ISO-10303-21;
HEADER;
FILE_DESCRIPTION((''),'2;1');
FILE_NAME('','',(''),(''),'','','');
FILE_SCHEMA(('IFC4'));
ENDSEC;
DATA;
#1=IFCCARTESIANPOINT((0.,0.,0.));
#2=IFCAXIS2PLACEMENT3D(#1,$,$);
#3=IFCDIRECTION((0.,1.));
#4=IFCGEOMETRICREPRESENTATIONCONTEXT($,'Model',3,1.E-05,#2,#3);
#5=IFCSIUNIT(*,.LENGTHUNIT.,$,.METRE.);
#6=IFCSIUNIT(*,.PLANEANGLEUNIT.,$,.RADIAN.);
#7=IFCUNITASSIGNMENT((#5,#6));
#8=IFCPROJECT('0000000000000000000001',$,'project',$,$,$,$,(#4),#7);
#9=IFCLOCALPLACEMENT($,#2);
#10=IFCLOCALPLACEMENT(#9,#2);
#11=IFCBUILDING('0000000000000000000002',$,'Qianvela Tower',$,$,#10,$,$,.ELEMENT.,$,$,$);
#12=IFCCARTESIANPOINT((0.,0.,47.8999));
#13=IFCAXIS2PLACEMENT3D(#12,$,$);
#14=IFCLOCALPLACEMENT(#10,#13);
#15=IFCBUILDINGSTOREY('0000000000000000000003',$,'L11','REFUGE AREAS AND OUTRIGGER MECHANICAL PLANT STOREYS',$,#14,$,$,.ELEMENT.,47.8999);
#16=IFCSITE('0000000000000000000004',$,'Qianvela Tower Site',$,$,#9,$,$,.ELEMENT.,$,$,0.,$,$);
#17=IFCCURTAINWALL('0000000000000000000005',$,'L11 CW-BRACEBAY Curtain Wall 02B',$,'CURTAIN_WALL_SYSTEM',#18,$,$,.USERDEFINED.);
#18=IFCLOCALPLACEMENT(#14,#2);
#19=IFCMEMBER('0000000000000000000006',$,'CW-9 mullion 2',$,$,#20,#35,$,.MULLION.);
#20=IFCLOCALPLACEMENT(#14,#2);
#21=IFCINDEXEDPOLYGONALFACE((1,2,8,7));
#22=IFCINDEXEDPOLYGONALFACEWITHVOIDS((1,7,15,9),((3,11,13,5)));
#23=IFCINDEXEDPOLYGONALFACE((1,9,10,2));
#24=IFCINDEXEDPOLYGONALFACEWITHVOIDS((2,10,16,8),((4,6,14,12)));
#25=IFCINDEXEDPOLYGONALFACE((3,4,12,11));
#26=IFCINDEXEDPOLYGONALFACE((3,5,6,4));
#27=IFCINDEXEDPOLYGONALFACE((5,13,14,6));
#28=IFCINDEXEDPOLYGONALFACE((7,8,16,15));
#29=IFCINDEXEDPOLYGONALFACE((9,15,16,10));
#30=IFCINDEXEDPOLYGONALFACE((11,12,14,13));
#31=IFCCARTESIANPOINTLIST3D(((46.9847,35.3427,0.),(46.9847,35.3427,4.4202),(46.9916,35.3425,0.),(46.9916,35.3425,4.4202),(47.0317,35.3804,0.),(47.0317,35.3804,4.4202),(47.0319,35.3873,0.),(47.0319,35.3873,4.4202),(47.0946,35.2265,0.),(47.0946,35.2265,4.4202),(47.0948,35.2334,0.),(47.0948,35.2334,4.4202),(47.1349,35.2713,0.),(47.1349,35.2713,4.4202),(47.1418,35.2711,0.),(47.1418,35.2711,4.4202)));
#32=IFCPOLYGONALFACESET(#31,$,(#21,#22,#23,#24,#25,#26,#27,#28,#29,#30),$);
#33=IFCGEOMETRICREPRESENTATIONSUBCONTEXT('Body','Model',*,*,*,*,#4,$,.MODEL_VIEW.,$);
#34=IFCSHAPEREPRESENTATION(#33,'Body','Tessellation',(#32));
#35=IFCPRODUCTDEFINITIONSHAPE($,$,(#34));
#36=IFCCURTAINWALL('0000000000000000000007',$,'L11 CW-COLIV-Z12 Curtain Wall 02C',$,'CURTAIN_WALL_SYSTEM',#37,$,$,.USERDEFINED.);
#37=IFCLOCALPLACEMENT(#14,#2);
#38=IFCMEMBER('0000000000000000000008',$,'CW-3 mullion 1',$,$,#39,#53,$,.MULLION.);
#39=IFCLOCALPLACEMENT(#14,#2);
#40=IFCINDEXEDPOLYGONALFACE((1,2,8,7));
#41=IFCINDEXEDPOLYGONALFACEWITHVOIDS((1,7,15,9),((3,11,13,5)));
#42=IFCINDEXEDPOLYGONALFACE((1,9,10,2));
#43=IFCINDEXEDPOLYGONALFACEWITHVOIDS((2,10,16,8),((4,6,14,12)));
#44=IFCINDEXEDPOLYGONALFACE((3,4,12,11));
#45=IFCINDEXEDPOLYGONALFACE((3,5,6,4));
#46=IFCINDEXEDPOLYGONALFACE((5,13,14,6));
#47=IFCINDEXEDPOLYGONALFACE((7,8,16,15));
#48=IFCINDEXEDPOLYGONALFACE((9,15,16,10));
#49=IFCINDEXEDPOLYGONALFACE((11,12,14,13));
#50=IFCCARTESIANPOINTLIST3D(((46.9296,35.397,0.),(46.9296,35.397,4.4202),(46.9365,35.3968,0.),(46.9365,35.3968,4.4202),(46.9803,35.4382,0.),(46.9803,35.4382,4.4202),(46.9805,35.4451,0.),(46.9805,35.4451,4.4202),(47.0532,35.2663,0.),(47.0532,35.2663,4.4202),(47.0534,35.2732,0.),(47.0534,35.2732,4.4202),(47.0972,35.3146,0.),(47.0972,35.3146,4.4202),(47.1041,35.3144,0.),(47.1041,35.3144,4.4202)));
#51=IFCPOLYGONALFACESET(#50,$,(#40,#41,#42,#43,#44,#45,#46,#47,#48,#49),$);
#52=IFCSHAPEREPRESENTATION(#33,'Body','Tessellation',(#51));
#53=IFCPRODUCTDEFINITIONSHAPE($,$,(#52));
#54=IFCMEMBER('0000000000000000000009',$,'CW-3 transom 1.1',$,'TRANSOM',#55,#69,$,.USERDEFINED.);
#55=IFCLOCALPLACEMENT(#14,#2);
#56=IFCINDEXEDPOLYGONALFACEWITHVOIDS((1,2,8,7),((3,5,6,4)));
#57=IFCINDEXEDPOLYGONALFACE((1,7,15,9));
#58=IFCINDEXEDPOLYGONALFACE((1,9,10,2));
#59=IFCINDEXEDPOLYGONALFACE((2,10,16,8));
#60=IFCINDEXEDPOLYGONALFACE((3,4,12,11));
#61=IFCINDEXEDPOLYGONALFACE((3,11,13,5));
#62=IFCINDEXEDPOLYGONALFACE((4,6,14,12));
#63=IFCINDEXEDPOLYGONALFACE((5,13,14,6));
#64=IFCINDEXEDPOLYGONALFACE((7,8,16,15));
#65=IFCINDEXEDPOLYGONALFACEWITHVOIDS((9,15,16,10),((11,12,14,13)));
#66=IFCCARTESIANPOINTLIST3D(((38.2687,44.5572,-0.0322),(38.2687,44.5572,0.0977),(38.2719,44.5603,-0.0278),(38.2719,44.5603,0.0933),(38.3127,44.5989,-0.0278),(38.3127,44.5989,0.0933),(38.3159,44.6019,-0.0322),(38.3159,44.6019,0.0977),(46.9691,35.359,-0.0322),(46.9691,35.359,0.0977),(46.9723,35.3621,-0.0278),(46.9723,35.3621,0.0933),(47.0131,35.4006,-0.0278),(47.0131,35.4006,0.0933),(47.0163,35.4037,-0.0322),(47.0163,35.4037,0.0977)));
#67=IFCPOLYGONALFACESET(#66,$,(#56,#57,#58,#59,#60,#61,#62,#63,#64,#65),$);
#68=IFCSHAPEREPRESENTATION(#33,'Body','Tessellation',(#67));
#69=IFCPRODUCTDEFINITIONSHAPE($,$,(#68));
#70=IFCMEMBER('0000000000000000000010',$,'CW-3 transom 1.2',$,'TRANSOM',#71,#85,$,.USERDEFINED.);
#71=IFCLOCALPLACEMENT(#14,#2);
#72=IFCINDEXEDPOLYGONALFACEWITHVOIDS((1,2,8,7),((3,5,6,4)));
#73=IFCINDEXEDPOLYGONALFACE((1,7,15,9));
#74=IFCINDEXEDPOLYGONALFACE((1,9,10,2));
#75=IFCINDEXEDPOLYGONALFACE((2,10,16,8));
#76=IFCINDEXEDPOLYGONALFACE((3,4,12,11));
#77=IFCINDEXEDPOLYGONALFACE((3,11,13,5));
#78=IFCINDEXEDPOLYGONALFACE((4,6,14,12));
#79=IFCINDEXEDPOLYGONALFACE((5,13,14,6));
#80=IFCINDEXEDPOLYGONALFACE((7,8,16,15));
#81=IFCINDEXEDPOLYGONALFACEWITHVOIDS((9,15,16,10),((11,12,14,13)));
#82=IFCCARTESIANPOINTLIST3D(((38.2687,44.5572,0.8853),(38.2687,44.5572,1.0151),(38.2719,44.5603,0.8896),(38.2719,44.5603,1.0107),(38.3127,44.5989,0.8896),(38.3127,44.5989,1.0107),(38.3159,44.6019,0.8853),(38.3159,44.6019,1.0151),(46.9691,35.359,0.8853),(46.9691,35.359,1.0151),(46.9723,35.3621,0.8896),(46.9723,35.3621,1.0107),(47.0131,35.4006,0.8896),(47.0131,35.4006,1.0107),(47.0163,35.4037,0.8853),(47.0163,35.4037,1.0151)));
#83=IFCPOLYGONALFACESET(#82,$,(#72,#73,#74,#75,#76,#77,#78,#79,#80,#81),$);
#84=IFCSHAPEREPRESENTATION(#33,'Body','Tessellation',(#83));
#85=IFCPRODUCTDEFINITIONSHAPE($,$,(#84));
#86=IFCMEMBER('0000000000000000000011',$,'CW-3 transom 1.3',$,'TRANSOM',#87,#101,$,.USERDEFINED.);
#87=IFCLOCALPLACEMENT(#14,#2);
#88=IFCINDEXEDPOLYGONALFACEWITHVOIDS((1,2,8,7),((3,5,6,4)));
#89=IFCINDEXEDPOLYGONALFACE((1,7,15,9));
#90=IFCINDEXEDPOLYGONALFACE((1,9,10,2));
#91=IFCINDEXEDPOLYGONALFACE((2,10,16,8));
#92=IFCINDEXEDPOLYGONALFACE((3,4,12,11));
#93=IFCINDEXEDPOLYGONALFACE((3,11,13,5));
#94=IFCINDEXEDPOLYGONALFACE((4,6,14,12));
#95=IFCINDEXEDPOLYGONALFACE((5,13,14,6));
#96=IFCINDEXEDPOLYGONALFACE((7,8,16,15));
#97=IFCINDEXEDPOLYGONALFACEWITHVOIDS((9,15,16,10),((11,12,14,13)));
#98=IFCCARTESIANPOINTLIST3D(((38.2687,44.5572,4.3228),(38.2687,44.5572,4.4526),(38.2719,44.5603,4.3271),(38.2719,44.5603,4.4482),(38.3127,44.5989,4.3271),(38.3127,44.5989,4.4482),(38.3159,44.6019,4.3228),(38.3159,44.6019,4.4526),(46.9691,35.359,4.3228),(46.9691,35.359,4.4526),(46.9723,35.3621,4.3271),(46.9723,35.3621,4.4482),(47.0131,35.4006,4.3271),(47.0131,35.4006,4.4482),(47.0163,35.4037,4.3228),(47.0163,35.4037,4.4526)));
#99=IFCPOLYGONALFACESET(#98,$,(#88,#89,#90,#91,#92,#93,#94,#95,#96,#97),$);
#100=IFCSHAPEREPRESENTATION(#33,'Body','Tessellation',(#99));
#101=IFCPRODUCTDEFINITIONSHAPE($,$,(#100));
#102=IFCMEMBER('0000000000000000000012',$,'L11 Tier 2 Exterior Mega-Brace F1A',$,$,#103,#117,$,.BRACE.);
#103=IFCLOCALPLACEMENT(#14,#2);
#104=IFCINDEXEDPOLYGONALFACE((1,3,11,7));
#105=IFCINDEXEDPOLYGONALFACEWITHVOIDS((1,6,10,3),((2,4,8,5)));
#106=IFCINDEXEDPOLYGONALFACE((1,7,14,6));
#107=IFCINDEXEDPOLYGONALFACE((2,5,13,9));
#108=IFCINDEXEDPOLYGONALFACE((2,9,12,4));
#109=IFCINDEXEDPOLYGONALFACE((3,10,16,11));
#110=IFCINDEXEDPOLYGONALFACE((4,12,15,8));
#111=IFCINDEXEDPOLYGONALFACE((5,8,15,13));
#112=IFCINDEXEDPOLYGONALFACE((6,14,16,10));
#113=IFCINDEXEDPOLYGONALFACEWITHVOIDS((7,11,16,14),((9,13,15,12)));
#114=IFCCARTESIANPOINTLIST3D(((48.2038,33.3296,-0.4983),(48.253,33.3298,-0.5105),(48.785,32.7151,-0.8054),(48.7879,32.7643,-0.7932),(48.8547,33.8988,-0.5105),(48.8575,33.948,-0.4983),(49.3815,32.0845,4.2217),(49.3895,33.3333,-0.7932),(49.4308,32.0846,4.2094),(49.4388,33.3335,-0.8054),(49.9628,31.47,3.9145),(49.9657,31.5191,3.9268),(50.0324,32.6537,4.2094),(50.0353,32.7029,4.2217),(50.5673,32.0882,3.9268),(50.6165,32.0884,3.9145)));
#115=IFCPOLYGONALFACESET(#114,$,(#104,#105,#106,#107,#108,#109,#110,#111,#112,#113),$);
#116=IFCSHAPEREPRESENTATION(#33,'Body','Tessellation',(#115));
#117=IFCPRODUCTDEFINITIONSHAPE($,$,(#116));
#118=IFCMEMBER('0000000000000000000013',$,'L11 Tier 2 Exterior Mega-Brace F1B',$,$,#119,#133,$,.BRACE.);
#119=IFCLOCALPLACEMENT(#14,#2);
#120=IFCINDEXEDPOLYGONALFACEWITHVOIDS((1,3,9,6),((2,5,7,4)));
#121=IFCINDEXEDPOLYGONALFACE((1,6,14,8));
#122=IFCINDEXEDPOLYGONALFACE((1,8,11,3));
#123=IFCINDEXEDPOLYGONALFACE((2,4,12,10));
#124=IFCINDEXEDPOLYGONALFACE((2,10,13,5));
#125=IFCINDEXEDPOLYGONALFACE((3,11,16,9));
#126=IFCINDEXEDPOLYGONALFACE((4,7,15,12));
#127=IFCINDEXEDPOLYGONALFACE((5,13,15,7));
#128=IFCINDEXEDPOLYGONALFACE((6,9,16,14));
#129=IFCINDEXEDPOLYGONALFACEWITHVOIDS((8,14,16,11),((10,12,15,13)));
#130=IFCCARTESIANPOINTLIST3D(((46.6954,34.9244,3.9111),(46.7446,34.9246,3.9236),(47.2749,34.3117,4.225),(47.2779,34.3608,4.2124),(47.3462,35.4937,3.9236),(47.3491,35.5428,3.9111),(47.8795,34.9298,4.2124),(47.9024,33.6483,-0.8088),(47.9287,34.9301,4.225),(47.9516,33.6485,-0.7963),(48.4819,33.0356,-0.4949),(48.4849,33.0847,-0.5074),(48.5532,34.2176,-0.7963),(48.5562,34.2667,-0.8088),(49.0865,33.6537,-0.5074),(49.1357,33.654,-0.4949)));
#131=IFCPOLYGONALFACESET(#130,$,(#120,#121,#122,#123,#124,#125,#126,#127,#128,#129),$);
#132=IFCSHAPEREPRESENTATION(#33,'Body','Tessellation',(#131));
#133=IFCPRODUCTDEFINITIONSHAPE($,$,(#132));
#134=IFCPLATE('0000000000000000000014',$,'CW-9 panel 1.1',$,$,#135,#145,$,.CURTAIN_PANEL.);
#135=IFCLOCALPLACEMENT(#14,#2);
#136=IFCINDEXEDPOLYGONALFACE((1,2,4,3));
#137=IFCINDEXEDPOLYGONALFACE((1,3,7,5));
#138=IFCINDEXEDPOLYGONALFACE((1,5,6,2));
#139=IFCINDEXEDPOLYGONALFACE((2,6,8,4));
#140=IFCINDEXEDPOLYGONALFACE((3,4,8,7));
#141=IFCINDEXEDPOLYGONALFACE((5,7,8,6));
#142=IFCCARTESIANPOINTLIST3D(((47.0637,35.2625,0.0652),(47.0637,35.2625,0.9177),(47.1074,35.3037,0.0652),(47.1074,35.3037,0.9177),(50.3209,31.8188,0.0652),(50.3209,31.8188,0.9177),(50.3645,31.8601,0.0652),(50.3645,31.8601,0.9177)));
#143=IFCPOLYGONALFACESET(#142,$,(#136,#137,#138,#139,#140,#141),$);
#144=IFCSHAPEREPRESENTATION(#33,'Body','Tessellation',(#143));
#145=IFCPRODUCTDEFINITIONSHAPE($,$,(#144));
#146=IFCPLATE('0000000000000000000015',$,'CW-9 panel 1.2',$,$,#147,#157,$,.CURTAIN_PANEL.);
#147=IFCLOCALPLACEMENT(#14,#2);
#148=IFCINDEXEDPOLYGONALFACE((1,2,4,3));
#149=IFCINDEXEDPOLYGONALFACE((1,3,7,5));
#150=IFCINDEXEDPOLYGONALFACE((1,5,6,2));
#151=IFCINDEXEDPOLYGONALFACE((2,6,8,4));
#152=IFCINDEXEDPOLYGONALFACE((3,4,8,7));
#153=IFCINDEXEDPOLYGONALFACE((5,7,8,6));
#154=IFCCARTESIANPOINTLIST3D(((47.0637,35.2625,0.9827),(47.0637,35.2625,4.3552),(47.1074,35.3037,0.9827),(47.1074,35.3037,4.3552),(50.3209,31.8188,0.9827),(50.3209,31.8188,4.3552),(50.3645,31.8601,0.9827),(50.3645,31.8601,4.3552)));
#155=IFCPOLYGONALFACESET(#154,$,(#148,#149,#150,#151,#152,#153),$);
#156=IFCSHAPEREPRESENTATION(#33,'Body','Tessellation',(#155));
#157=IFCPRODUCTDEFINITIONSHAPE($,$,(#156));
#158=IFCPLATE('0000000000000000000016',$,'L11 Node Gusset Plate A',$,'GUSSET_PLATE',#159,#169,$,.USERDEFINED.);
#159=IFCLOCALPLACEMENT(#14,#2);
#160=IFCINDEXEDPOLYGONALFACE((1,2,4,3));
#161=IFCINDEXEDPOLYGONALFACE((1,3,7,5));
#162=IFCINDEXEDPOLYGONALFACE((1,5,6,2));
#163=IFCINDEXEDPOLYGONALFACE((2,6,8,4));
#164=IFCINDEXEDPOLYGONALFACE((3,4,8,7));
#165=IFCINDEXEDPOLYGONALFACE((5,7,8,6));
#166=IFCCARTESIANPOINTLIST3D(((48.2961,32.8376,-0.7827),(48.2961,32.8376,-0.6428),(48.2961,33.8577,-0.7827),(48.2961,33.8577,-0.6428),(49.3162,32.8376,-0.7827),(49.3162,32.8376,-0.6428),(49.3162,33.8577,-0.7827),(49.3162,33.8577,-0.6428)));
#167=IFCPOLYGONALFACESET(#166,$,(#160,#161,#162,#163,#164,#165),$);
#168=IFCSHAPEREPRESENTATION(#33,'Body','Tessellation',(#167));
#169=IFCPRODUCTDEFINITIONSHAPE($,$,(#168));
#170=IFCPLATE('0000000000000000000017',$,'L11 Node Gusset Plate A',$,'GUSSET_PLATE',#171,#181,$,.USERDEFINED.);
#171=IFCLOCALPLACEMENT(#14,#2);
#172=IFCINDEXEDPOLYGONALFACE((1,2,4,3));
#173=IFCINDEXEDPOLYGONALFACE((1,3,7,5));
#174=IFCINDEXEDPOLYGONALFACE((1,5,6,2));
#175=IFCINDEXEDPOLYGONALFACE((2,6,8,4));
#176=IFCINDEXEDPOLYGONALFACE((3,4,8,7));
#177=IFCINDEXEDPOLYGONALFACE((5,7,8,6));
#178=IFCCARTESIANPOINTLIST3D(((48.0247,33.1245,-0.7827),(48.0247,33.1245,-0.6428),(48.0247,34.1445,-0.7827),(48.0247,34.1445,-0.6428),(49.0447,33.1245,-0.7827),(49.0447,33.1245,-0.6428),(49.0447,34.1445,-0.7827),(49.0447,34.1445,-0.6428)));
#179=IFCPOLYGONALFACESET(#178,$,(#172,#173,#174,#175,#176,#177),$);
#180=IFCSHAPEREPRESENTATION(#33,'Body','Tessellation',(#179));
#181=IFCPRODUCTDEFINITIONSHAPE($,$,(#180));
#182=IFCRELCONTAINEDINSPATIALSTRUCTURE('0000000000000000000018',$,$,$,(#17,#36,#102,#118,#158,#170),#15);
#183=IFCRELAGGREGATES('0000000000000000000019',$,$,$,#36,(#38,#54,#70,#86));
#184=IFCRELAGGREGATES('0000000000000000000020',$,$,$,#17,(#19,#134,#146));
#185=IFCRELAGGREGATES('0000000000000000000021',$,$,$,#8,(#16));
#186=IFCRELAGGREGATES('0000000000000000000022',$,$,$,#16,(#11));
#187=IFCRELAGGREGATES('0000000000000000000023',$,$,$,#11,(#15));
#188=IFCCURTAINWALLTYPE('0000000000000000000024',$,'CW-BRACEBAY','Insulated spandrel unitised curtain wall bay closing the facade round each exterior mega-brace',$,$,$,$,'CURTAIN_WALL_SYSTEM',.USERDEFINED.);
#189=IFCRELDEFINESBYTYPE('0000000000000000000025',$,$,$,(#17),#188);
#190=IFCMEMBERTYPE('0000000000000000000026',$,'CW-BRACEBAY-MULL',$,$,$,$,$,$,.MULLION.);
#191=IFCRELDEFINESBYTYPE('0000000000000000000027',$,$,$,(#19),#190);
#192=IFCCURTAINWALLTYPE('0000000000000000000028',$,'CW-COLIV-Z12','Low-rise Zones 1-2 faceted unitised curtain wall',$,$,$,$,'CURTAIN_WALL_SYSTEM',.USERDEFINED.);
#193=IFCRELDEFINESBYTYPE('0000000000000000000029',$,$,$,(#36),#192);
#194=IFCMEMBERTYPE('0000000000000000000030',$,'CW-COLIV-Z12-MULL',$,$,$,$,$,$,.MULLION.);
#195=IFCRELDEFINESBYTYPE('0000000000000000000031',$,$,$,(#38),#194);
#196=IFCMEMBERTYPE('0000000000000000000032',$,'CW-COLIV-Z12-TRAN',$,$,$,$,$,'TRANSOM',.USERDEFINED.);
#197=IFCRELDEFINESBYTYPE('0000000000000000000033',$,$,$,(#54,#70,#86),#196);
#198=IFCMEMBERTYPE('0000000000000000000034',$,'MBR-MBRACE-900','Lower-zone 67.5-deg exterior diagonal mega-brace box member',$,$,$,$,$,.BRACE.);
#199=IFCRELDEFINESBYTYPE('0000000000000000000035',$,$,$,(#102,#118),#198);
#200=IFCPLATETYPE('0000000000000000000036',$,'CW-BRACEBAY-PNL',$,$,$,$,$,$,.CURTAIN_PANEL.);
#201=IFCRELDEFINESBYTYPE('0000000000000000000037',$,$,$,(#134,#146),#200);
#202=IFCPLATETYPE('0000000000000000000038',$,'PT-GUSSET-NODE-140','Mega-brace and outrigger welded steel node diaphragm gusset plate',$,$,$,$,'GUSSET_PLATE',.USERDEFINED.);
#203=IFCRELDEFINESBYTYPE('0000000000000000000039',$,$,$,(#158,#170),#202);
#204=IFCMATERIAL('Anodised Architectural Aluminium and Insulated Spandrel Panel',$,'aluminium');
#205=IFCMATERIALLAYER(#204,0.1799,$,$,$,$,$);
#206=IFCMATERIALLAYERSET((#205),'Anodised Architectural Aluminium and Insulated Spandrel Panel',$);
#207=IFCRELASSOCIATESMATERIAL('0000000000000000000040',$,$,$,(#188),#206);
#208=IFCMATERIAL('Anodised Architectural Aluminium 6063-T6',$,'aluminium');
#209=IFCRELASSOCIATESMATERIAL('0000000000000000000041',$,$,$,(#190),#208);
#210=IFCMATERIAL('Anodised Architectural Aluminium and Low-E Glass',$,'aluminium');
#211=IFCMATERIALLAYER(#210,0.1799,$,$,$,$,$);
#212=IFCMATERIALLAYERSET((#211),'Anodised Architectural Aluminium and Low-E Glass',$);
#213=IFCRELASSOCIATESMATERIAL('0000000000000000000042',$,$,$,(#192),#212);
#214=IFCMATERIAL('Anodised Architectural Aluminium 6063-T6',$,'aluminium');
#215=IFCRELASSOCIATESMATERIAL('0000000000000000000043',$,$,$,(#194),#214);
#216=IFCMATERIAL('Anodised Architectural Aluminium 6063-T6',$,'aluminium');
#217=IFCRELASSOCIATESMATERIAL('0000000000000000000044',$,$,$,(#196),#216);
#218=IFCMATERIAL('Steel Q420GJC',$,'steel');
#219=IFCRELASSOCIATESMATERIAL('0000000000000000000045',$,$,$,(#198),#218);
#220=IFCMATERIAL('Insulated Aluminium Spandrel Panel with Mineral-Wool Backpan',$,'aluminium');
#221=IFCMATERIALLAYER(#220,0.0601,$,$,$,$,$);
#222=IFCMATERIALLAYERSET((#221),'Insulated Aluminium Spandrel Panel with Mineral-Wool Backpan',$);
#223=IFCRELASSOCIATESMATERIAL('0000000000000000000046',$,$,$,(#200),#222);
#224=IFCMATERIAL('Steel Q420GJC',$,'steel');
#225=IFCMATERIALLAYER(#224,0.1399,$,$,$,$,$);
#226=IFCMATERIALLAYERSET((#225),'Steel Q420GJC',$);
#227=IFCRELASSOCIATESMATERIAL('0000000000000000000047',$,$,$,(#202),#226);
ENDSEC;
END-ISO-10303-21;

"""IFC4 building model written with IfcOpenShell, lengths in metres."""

from ifc_helpers import new_model, si_unit, direction, frame, origin, origin_2d, place, context, subcontext, project, spatial, rectangle, hollow_rectangle, extrude, material, layer, layer_set, material_profile, profile_set, type_object, element, aggregate, save


model = new_model("IFC4")

# Units and contexts
model_context = context("Model", 3, precision=1e-05, world=origin(), true_north=direction((0.0, 1.0)))
body_context = subcontext(model_context, "Body", "Model", "MODEL_VIEW")
ifc_project = project(units=[si_unit("LENGTHUNIT", "METRE"), si_unit("PLANEANGLEUNIT", "RADIAN")], contexts=[model_context])

# Site, building, storey
site_placement = place(None, origin())
site = spatial("IfcSite", under=ifc_project, at=site_placement, Name="Qianvela Tower Site", CompositionType="ELEMENT", RefElevation=0.0)
building_placement = place(site_placement, origin())
building = spatial("IfcBuilding", under=site, at=building_placement, Name="Qianvela Tower", CompositionType="ELEMENT")
storey_placement = place(building_placement, frame((0.0, 0.0, 47.8999)))
storey = spatial("IfcBuildingStorey", under=building, at=storey_placement, Name="L11", Description="REFUGE AREAS AND OUTRIGGER MECHANICAL PLANT STOREYS", CompositionType="ELEMENT", Elevation=47.8999)

# Curtain wall, member
ifc_material_1 = material(Name="Anodised Architectural Aluminium and Insulated Spandrel Panel", Category="aluminium")
ifc_layer_1 = layer(ifc_material_1, 0.1799)
ifc_layer_set_1 = layer_set([ifc_layer_1], Name="Anodised Architectural Aluminium and Insulated Spandrel Panel")
curtain_wall_type_1 = type_object("IfcCurtainWallType", Name="CW-BRACEBAY", Description="Insulated spandrel unitised curtain wall bay closing the facade round each exterior mega-brace", ElementType="CURTAIN_WALL_SYSTEM", PredefinedType="USERDEFINED", material=ifc_layer_set_1)
curtain_wall_1_placement = place(storey_placement, origin())
curtain_wall_1 = element("IfcCurtainWall", 1, at=curtain_wall_1_placement, inside=storey, type_object=curtain_wall_type_1, Name="L11 CW-BRACEBAY Curtain Wall 02B", ObjectType="CURTAIN_WALL_SYSTEM", PredefinedType="USERDEFINED")
ifc_material_2 = material(Name="Anodised Architectural Aluminium 6063-T6", Category="aluminium")
ifc_material_profile_1 = material_profile(ifc_material_2, hollow_rectangle(XDim=0.0649, YDim=0.1599, WallThickness=0.0049, at=origin_2d()), Name="ALU-MULL-65x160")
ifc_profile_set_1 = profile_set([ifc_material_profile_1], Name="Anodised Architectural Aluminium 6063-T6")
member_type_1 = type_object("IfcMemberType", Name="CW-BRACEBAY-MULL", PredefinedType="MULLION", material=ifc_profile_set_1)
member_1_placement = place(storey_placement, frame((47.0632, 35.3069, 0.0), z_axis=(0.0, 0.0, 1.0), x_axis=(-0.726504, -0.687162, 0.0)))
member_1 = element("IfcMember", 2, at=member_1_placement, type_object=member_type_1, Name="CW-9 mullion 2", PredefinedType="MULLION", context=body_context, shape_type="SweptSolid", body=[
    extrude(hollow_rectangle(XDim=0.0649, YDim=0.1599, WallThickness=0.0049, at=origin_2d()), origin(), (0.0, 0.0, 1.0), 4.4202),
])

# Curtain wall, members
ifc_material_3 = material(Name="Anodised Architectural Aluminium and Low-E Glass", Category="aluminium")
ifc_layer_2 = layer(ifc_material_3, 0.1799)
ifc_layer_set_2 = layer_set([ifc_layer_2], Name="Anodised Architectural Aluminium and Low-E Glass")
curtain_wall_type_2 = type_object("IfcCurtainWallType", Name="CW-COLIV-Z12", Description="Low-rise Zones 1-2 faceted unitised curtain wall", ElementType="CURTAIN_WALL_SYSTEM", PredefinedType="USERDEFINED", material=ifc_layer_set_2)
curtain_wall_2_placement = place(storey_placement, origin())
curtain_wall_2 = element("IfcCurtainWall", 3, at=curtain_wall_2_placement, inside=storey, type_object=curtain_wall_type_2, Name="L11 CW-COLIV-Z12 Curtain Wall 02C", ObjectType="CURTAIN_WALL_SYSTEM", PredefinedType="USERDEFINED")
ifc_material_4 = material(Name="Anodised Architectural Aluminium 6063-T6", Category="aluminium")
ifc_material_profile_2 = material_profile(ifc_material_4, hollow_rectangle(XDim=0.0701, YDim=0.1799, WallThickness=0.0049, at=origin_2d()), Name="ALU-MULL-70x180")
ifc_profile_set_2 = profile_set([ifc_material_profile_2], Name="Anodised Architectural Aluminium 6063-T6")
member_type_2 = type_object("IfcMemberType", Name="CW-COLIV-Z12-MULL", PredefinedType="MULLION", material=ifc_profile_set_2)
member_2_placement = place(storey_placement, frame((47.0168, 35.3557, 0.0), z_axis=(0.0, 0.0, 1.0), x_axis=(-0.726492, -0.687175, 0.0)))
member_2 = element("IfcMember", 4, at=member_2_placement, type_object=member_type_2, Name="CW-3 mullion 1", PredefinedType="MULLION", context=body_context, shape_type="SweptSolid", body=[
    extrude(hollow_rectangle(XDim=0.0701, YDim=0.1799, WallThickness=0.0049, at=origin_2d()), origin(), (0.0, 0.0, 1.0), 4.4202),
])
ifc_material_5 = material(Name="Anodised Architectural Aluminium 6063-T6", Category="aluminium")
ifc_material_profile_3 = material_profile(ifc_material_5, hollow_rectangle(XDim=0.0649, YDim=0.1299, WallThickness=0.0044, at=origin_2d()), Name="ALU-TRAN-65x130")
ifc_profile_set_3 = profile_set([ifc_material_profile_3], Name="Anodised Architectural Aluminium 6063-T6")
member_type_3 = type_object("IfcMemberType", Name="CW-COLIV-Z12-TRAN", ElementType="TRANSOM", PredefinedType="USERDEFINED", material=ifc_profile_set_3)
member_3_placement = place(storey_placement, frame((46.9927, 35.3813, 0.0327), z_axis=(-0.687175, 0.726492, 0.0), x_axis=(-0.726492, -0.687175, 0.0)))
member_3 = element("IfcMember", 5, at=member_3_placement, type_object=member_type_3, Name="CW-3 transom 1.1", ObjectType="TRANSOM", PredefinedType="USERDEFINED", context=body_context, shape_type="SweptSolid", body=[
    extrude(hollow_rectangle(XDim=0.0649, YDim=0.1299, WallThickness=0.0044, at=origin_2d()), origin(), (0.0, 0.0, 1.0), 12.6611),
])
member_4_placement = place(storey_placement, frame((46.9927, 35.3813, 0.9502), z_axis=(-0.687175, 0.726492, 0.0), x_axis=(-0.726492, -0.687175, 0.0)))
member_4 = element("IfcMember", 6, at=member_4_placement, type_object=member_type_3, Name="CW-3 transom 1.2", ObjectType="TRANSOM", PredefinedType="USERDEFINED", context=body_context, shape_type="SweptSolid", body=[
    extrude(hollow_rectangle(XDim=0.0649, YDim=0.1299, WallThickness=0.0044, at=origin_2d()), origin(), (0.0, 0.0, 1.0), 12.6611),
])
member_5_placement = place(storey_placement, frame((46.9927, 35.3813, 4.3877), z_axis=(-0.687175, 0.726492, 0.0), x_axis=(-0.726492, -0.687175, 0.0)))
member_5 = element("IfcMember", 7, at=member_5_placement, type_object=member_type_3, Name="CW-3 transom 1.3", ObjectType="TRANSOM", PredefinedType="USERDEFINED", context=body_context, shape_type="SweptSolid", body=[
    extrude(hollow_rectangle(XDim=0.0649, YDim=0.1299, WallThickness=0.0044, at=origin_2d()), origin(), (0.0, 0.0, 1.0), 12.6611),
])
aggregate(curtain_wall_2, [member_2, member_3, member_4, member_5])

# Members
ifc_material_6 = material(Name="Steel Q420GJC", Category="steel")
ifc_material_profile_4 = material_profile(ifc_material_6, hollow_rectangle(XDim=0.8999, YDim=0.8999, WallThickness=0.0359, at=origin_2d()), Name="MBOX-900x900x36")
ifc_profile_set_4 = profile_set([ifc_material_profile_4], Name="Steel Q420GJC")
member_type_4 = type_object("IfcMemberType", Name="MBR-MBRACE-900", Description="Lower-zone 67.5-deg exterior diagonal mega-brace box member", PredefinedType="BRACE", material=ifc_profile_set_4)
member_6_placement = place(storey_placement, frame((48.8213, 33.3315, -0.6519), z_axis=(0.234538, -0.247957, 0.939952), x_axis=(0.726491, 0.687175, 0.0)))
element("IfcMember", 8, at=member_6_placement, inside=storey, type_object=member_type_4, Name="L11 Tier 2 Exterior Mega-Brace F1A", PredefinedType="BRACE", context=body_context, shape_type="SweptSolid", body=[
    extrude(hollow_rectangle(XDim=0.8999, YDim=0.8999, WallThickness=0.0359, at=origin_2d()), origin(), (0.0, 0.0, 1.0), 5.0215),
])
member_7_placement = place(storey_placement, frame((48.519, 33.6511, -0.6519), z_axis=(-0.23967, 0.253389, 0.937205), x_axis=(-0.7265, -0.687166, 0.0)))
element("IfcMember", 9, at=member_7_placement, inside=storey, type_object=member_type_4, Name="L11 Tier 2 Exterior Mega-Brace F1B", PredefinedType="BRACE", context=body_context, shape_type="SweptSolid", body=[
    extrude(hollow_rectangle(XDim=0.8999, YDim=0.8999, WallThickness=0.0359, at=origin_2d()), origin(), (0.0, 0.0, 1.0), 5.0361),
])

# Plates
ifc_material_7 = material(Name="Insulated Aluminium Spandrel Panel with Mineral-Wool Backpan", Category="aluminium")
ifc_layer_3 = layer(ifc_material_7, 0.0601)
ifc_layer_set_3 = layer_set([ifc_layer_3], Name="Insulated Aluminium Spandrel Panel with Mineral-Wool Backpan")
plate_type_1 = type_object("IfcPlateType", Name="CW-BRACEBAY-PNL", PredefinedType="CURTAIN_PANEL", material=ifc_layer_set_3)
plate_1_placement = place(storey_placement, frame((48.7141, 33.5613, 0.0652), z_axis=(0.0, 0.0, 1.0), x_axis=(-0.687162, 0.726504, 0.0)))
plate_1 = element("IfcPlate", 10, at=plate_1_placement, type_object=plate_type_1, Name="CW-9 panel 1.1", PredefinedType="CURTAIN_PANEL", context=body_context, shape_type="SweptSolid", body=[
    extrude(rectangle(XDim=4.74, YDim=0.0601, at=origin_2d()), origin(), (0.0, 0.0, 1.0), 0.8525),
])
plate_2_placement = place(storey_placement, frame((48.7141, 33.5613, 0.9827), z_axis=(0.0, 0.0, 1.0), x_axis=(-0.687162, 0.726504, 0.0)))
plate_2 = element("IfcPlate", 11, at=plate_2_placement, type_object=plate_type_1, Name="CW-9 panel 1.2", PredefinedType="CURTAIN_PANEL", context=body_context, shape_type="SweptSolid", body=[
    extrude(rectangle(XDim=4.74, YDim=0.0601, at=origin_2d()), origin(), (0.0, 0.0, 1.0), 3.3726),
])
aggregate(curtain_wall_1, [member_1, plate_1, plate_2])

# Plates
ifc_material_8 = material(Name="Steel Q420GJC", Category="steel")
ifc_layer_4 = layer(ifc_material_8, 0.1399)
ifc_layer_set_4 = layer_set([ifc_layer_4], Name="Steel Q420GJC")
plate_type_2 = type_object("IfcPlateType", Name="PT-GUSSET-NODE-140", Description="Mega-brace and outrigger welded steel node diaphragm gusset plate", ElementType="GUSSET_PLATE", PredefinedType="USERDEFINED", material=ifc_layer_set_4)
for number, where, z_axis, x_axis, name in (
    (12, (48.8062, 33.3477, -0.7827), (0.0, 0.0, 1.0), (1.0, 0.0, 0.0), "L11 Node Gusset Plate A"),
    (13, (48.5347, 33.6345, -0.7827), (0.0, 0.0, 1.0), (1.0, 0.0, 0.0), "L11 Node Gusset Plate A"),
):
    element("IfcPlate", number, at=place(storey_placement, frame(where, z_axis=z_axis, x_axis=x_axis)), inside=storey, type_object=plate_type_2, Name=name, ObjectType="GUSSET_PLATE", PredefinedType="USERDEFINED", context=body_context, shape_type="SweptSolid", body=[
        extrude(rectangle(XDim=1.02, YDim=1.02, at=origin_2d()), origin(), (0.0, 0.0, 1.0), 0.1399),
    ])

save(model, "model.ifc")
